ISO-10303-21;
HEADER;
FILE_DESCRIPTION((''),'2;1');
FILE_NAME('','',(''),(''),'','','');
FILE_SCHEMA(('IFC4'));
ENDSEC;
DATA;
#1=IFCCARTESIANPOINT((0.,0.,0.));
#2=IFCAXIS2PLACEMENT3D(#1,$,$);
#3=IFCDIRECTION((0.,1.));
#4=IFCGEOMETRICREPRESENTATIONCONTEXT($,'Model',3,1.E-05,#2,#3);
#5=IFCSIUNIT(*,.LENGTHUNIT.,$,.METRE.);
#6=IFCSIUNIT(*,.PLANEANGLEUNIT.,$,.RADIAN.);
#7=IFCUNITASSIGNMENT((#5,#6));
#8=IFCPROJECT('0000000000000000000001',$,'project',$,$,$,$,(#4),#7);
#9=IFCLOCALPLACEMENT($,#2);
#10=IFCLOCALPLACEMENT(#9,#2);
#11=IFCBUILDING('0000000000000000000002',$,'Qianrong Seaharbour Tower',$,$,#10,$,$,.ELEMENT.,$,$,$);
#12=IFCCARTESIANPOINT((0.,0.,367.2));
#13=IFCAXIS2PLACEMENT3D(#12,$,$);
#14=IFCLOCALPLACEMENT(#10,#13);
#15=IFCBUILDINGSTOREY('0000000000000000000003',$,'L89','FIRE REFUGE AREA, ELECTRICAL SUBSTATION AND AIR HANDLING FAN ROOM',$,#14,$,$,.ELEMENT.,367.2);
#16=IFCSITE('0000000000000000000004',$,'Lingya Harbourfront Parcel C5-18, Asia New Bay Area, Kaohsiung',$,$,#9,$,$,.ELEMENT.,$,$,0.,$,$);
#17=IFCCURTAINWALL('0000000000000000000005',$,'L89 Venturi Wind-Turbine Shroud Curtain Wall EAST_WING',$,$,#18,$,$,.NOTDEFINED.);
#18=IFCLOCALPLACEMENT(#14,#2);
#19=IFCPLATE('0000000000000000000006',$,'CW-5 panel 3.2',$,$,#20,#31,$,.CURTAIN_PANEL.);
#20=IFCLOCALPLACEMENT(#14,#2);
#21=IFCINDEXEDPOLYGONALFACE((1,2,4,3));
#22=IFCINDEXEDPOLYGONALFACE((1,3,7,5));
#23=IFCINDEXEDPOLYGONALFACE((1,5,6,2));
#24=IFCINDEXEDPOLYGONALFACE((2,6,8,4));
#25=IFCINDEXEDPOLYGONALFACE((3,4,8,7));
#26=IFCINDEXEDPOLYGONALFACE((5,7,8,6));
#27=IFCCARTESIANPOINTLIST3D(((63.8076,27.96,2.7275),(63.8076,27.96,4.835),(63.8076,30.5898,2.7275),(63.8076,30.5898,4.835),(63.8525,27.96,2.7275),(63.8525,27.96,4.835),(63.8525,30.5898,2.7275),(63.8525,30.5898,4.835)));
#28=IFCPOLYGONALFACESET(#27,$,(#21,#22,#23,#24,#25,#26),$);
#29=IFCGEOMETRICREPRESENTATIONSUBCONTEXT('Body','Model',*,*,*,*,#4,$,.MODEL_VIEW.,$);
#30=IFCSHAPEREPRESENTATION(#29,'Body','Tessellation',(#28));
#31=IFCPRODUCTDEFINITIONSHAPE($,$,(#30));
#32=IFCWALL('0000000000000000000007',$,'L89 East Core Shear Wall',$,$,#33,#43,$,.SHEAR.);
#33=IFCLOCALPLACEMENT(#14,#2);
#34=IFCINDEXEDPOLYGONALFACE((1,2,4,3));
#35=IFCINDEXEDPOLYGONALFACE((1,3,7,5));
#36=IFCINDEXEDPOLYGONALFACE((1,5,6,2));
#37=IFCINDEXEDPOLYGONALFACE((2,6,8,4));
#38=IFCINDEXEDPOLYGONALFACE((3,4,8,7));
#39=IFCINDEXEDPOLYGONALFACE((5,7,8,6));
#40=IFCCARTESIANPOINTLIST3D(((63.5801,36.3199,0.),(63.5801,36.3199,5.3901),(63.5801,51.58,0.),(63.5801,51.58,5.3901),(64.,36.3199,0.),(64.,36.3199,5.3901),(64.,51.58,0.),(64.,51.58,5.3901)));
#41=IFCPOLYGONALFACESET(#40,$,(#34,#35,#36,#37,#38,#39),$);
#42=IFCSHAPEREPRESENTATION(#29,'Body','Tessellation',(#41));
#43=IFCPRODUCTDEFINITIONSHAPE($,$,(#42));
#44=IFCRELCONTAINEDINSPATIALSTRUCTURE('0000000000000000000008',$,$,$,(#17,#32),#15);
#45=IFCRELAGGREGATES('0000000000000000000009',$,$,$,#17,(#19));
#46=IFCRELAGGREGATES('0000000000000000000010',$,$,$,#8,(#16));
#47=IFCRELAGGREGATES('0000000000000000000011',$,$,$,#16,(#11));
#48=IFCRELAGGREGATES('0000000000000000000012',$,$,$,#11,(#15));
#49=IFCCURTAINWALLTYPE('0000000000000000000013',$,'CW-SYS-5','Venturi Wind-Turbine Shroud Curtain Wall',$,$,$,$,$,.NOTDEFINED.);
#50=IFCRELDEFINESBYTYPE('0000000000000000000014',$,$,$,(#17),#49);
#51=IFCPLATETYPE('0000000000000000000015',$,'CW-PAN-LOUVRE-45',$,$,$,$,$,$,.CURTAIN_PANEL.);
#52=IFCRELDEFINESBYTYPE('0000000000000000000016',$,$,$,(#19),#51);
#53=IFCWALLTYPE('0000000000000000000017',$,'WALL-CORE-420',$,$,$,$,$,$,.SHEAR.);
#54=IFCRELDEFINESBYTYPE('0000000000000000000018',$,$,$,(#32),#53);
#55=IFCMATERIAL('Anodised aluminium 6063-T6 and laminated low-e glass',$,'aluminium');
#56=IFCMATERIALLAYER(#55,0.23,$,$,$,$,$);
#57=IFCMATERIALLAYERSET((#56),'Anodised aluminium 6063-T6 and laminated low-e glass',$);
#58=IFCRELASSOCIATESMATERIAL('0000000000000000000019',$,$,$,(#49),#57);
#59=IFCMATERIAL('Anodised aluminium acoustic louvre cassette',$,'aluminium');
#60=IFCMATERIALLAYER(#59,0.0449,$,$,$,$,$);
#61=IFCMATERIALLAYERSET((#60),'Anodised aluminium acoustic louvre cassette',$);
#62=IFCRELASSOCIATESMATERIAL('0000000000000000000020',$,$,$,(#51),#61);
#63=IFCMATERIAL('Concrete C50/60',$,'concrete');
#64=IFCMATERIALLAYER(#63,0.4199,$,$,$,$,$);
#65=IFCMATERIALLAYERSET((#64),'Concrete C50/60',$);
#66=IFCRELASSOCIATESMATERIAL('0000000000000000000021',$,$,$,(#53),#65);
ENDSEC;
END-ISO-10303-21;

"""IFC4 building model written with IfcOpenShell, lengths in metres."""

from ifc_helpers import new_model, si_unit, direction, frame, frame_2d, origin, origin_2d, place, context, subcontext, project, spatial, rectangle, extrude, material, layer, layer_set, type_object, element, aggregate, save


model = new_model("IFC4")

# Units and contexts
model_context = context("Model", 3, precision=1e-05, world=origin(), true_north=direction((0.0, 1.0)))
body_context = subcontext(model_context, "Body", "Model", "MODEL_VIEW")
ifc_project = project(units=[si_unit("LENGTHUNIT", "METRE"), si_unit("PLANEANGLEUNIT", "RADIAN")], contexts=[model_context])

# Site, building, storey
site_placement = place(None, origin())
site = spatial("IfcSite", under=ifc_project, at=site_placement, Name="Lingya Harbourfront Parcel C5-18, Asia New Bay Area, Kaohsiung", CompositionType="ELEMENT", RefElevation=0.0)
building_placement = place(site_placement, origin())
building = spatial("IfcBuilding", under=site, at=building_placement, Name="Qianrong Seaharbour Tower", CompositionType="ELEMENT")
storey_placement = place(building_placement, frame((0.0, 0.0, 367.2)))
storey = spatial("IfcBuildingStorey", under=building, at=storey_placement, Name="L89", Description="FIRE REFUGE AREA, ELECTRICAL SUBSTATION AND AIR HANDLING FAN ROOM", CompositionType="ELEMENT", Elevation=367.2)

# Shared definitions
ifc_material_1 = material(Name="Concrete C50/60", Category="concrete")

# Curtain wall, plate
ifc_material_2 = material(Name="Anodised aluminium 6063-T6 and laminated low-e glass", Category="aluminium")
ifc_layer_1 = layer(ifc_material_2, 0.23)
ifc_layer_set_1 = layer_set([ifc_layer_1], Name="Anodised aluminium 6063-T6 and laminated low-e glass")
curtain_wall_type = type_object("IfcCurtainWallType", Name="CW-SYS-5", Description="Venturi Wind-Turbine Shroud Curtain Wall", PredefinedType="NOTDEFINED", material=ifc_layer_set_1)
curtain_wall_placement = place(storey_placement, origin())
curtain_wall = element("IfcCurtainWall", 1, at=curtain_wall_placement, inside=storey, type_object=curtain_wall_type, Name="L89 Venturi Wind-Turbine Shroud Curtain Wall EAST_WING", PredefinedType="NOTDEFINED")
ifc_material_3 = material(Name="Anodised aluminium acoustic louvre cassette", Category="aluminium")
ifc_layer_2 = layer(ifc_material_3, 0.0449)
ifc_layer_set_2 = layer_set([ifc_layer_2], Name="Anodised aluminium acoustic louvre cassette")
plate_type = type_object("IfcPlateType", Name="CW-PAN-LOUVRE-45", PredefinedType="CURTAIN_PANEL", material=ifc_layer_set_2)
plate_1_placement = place(storey_placement, frame((63.8301, 29.2749, 2.7275), z_axis=(0.0, 0.0, 1.0), x_axis=(0.0, -1.0, 0.0)))
plate_1 = element("IfcPlate", 2, at=plate_1_placement, type_object=plate_type, Name="CW-5 panel 3.2", PredefinedType="CURTAIN_PANEL", context=body_context, shape_type="SweptSolid", body=[
    extrude(rectangle(XDim=2.6299, YDim=0.0449, at=origin_2d()), origin(), (0.0, 0.0, 1.0), 2.1074),
])
aggregate(curtain_wall, [plate_1])

# Wall
ifc_layer_3 = layer(ifc_material_1, 0.4199)
ifc_layer_set_3 = layer_set([ifc_layer_3], Name="Concrete C50/60")
wall_type = type_object("IfcWallType", Name="WALL-CORE-420", PredefinedType="SHEAR", material=ifc_layer_set_3)
wall_placement = place(storey_placement, frame((63.79, 36.3201, 0.0), z_axis=(0.0, 0.0, 1.0), x_axis=(0.0, 1.0, 0.0)))
element("IfcWall", 3, at=wall_placement, inside=storey, type_object=wall_type, Name="L89 East Core Shear Wall", PredefinedType="SHEAR", context=body_context, shape_type="SweptSolid", body=[
    extrude(rectangle(XDim=15.26, YDim=0.4199, at=frame_2d((7.6299, 0.0))), origin(), (0.0, 0.0, 1.0), 5.3901),
])

save(model, "model.ifc")
